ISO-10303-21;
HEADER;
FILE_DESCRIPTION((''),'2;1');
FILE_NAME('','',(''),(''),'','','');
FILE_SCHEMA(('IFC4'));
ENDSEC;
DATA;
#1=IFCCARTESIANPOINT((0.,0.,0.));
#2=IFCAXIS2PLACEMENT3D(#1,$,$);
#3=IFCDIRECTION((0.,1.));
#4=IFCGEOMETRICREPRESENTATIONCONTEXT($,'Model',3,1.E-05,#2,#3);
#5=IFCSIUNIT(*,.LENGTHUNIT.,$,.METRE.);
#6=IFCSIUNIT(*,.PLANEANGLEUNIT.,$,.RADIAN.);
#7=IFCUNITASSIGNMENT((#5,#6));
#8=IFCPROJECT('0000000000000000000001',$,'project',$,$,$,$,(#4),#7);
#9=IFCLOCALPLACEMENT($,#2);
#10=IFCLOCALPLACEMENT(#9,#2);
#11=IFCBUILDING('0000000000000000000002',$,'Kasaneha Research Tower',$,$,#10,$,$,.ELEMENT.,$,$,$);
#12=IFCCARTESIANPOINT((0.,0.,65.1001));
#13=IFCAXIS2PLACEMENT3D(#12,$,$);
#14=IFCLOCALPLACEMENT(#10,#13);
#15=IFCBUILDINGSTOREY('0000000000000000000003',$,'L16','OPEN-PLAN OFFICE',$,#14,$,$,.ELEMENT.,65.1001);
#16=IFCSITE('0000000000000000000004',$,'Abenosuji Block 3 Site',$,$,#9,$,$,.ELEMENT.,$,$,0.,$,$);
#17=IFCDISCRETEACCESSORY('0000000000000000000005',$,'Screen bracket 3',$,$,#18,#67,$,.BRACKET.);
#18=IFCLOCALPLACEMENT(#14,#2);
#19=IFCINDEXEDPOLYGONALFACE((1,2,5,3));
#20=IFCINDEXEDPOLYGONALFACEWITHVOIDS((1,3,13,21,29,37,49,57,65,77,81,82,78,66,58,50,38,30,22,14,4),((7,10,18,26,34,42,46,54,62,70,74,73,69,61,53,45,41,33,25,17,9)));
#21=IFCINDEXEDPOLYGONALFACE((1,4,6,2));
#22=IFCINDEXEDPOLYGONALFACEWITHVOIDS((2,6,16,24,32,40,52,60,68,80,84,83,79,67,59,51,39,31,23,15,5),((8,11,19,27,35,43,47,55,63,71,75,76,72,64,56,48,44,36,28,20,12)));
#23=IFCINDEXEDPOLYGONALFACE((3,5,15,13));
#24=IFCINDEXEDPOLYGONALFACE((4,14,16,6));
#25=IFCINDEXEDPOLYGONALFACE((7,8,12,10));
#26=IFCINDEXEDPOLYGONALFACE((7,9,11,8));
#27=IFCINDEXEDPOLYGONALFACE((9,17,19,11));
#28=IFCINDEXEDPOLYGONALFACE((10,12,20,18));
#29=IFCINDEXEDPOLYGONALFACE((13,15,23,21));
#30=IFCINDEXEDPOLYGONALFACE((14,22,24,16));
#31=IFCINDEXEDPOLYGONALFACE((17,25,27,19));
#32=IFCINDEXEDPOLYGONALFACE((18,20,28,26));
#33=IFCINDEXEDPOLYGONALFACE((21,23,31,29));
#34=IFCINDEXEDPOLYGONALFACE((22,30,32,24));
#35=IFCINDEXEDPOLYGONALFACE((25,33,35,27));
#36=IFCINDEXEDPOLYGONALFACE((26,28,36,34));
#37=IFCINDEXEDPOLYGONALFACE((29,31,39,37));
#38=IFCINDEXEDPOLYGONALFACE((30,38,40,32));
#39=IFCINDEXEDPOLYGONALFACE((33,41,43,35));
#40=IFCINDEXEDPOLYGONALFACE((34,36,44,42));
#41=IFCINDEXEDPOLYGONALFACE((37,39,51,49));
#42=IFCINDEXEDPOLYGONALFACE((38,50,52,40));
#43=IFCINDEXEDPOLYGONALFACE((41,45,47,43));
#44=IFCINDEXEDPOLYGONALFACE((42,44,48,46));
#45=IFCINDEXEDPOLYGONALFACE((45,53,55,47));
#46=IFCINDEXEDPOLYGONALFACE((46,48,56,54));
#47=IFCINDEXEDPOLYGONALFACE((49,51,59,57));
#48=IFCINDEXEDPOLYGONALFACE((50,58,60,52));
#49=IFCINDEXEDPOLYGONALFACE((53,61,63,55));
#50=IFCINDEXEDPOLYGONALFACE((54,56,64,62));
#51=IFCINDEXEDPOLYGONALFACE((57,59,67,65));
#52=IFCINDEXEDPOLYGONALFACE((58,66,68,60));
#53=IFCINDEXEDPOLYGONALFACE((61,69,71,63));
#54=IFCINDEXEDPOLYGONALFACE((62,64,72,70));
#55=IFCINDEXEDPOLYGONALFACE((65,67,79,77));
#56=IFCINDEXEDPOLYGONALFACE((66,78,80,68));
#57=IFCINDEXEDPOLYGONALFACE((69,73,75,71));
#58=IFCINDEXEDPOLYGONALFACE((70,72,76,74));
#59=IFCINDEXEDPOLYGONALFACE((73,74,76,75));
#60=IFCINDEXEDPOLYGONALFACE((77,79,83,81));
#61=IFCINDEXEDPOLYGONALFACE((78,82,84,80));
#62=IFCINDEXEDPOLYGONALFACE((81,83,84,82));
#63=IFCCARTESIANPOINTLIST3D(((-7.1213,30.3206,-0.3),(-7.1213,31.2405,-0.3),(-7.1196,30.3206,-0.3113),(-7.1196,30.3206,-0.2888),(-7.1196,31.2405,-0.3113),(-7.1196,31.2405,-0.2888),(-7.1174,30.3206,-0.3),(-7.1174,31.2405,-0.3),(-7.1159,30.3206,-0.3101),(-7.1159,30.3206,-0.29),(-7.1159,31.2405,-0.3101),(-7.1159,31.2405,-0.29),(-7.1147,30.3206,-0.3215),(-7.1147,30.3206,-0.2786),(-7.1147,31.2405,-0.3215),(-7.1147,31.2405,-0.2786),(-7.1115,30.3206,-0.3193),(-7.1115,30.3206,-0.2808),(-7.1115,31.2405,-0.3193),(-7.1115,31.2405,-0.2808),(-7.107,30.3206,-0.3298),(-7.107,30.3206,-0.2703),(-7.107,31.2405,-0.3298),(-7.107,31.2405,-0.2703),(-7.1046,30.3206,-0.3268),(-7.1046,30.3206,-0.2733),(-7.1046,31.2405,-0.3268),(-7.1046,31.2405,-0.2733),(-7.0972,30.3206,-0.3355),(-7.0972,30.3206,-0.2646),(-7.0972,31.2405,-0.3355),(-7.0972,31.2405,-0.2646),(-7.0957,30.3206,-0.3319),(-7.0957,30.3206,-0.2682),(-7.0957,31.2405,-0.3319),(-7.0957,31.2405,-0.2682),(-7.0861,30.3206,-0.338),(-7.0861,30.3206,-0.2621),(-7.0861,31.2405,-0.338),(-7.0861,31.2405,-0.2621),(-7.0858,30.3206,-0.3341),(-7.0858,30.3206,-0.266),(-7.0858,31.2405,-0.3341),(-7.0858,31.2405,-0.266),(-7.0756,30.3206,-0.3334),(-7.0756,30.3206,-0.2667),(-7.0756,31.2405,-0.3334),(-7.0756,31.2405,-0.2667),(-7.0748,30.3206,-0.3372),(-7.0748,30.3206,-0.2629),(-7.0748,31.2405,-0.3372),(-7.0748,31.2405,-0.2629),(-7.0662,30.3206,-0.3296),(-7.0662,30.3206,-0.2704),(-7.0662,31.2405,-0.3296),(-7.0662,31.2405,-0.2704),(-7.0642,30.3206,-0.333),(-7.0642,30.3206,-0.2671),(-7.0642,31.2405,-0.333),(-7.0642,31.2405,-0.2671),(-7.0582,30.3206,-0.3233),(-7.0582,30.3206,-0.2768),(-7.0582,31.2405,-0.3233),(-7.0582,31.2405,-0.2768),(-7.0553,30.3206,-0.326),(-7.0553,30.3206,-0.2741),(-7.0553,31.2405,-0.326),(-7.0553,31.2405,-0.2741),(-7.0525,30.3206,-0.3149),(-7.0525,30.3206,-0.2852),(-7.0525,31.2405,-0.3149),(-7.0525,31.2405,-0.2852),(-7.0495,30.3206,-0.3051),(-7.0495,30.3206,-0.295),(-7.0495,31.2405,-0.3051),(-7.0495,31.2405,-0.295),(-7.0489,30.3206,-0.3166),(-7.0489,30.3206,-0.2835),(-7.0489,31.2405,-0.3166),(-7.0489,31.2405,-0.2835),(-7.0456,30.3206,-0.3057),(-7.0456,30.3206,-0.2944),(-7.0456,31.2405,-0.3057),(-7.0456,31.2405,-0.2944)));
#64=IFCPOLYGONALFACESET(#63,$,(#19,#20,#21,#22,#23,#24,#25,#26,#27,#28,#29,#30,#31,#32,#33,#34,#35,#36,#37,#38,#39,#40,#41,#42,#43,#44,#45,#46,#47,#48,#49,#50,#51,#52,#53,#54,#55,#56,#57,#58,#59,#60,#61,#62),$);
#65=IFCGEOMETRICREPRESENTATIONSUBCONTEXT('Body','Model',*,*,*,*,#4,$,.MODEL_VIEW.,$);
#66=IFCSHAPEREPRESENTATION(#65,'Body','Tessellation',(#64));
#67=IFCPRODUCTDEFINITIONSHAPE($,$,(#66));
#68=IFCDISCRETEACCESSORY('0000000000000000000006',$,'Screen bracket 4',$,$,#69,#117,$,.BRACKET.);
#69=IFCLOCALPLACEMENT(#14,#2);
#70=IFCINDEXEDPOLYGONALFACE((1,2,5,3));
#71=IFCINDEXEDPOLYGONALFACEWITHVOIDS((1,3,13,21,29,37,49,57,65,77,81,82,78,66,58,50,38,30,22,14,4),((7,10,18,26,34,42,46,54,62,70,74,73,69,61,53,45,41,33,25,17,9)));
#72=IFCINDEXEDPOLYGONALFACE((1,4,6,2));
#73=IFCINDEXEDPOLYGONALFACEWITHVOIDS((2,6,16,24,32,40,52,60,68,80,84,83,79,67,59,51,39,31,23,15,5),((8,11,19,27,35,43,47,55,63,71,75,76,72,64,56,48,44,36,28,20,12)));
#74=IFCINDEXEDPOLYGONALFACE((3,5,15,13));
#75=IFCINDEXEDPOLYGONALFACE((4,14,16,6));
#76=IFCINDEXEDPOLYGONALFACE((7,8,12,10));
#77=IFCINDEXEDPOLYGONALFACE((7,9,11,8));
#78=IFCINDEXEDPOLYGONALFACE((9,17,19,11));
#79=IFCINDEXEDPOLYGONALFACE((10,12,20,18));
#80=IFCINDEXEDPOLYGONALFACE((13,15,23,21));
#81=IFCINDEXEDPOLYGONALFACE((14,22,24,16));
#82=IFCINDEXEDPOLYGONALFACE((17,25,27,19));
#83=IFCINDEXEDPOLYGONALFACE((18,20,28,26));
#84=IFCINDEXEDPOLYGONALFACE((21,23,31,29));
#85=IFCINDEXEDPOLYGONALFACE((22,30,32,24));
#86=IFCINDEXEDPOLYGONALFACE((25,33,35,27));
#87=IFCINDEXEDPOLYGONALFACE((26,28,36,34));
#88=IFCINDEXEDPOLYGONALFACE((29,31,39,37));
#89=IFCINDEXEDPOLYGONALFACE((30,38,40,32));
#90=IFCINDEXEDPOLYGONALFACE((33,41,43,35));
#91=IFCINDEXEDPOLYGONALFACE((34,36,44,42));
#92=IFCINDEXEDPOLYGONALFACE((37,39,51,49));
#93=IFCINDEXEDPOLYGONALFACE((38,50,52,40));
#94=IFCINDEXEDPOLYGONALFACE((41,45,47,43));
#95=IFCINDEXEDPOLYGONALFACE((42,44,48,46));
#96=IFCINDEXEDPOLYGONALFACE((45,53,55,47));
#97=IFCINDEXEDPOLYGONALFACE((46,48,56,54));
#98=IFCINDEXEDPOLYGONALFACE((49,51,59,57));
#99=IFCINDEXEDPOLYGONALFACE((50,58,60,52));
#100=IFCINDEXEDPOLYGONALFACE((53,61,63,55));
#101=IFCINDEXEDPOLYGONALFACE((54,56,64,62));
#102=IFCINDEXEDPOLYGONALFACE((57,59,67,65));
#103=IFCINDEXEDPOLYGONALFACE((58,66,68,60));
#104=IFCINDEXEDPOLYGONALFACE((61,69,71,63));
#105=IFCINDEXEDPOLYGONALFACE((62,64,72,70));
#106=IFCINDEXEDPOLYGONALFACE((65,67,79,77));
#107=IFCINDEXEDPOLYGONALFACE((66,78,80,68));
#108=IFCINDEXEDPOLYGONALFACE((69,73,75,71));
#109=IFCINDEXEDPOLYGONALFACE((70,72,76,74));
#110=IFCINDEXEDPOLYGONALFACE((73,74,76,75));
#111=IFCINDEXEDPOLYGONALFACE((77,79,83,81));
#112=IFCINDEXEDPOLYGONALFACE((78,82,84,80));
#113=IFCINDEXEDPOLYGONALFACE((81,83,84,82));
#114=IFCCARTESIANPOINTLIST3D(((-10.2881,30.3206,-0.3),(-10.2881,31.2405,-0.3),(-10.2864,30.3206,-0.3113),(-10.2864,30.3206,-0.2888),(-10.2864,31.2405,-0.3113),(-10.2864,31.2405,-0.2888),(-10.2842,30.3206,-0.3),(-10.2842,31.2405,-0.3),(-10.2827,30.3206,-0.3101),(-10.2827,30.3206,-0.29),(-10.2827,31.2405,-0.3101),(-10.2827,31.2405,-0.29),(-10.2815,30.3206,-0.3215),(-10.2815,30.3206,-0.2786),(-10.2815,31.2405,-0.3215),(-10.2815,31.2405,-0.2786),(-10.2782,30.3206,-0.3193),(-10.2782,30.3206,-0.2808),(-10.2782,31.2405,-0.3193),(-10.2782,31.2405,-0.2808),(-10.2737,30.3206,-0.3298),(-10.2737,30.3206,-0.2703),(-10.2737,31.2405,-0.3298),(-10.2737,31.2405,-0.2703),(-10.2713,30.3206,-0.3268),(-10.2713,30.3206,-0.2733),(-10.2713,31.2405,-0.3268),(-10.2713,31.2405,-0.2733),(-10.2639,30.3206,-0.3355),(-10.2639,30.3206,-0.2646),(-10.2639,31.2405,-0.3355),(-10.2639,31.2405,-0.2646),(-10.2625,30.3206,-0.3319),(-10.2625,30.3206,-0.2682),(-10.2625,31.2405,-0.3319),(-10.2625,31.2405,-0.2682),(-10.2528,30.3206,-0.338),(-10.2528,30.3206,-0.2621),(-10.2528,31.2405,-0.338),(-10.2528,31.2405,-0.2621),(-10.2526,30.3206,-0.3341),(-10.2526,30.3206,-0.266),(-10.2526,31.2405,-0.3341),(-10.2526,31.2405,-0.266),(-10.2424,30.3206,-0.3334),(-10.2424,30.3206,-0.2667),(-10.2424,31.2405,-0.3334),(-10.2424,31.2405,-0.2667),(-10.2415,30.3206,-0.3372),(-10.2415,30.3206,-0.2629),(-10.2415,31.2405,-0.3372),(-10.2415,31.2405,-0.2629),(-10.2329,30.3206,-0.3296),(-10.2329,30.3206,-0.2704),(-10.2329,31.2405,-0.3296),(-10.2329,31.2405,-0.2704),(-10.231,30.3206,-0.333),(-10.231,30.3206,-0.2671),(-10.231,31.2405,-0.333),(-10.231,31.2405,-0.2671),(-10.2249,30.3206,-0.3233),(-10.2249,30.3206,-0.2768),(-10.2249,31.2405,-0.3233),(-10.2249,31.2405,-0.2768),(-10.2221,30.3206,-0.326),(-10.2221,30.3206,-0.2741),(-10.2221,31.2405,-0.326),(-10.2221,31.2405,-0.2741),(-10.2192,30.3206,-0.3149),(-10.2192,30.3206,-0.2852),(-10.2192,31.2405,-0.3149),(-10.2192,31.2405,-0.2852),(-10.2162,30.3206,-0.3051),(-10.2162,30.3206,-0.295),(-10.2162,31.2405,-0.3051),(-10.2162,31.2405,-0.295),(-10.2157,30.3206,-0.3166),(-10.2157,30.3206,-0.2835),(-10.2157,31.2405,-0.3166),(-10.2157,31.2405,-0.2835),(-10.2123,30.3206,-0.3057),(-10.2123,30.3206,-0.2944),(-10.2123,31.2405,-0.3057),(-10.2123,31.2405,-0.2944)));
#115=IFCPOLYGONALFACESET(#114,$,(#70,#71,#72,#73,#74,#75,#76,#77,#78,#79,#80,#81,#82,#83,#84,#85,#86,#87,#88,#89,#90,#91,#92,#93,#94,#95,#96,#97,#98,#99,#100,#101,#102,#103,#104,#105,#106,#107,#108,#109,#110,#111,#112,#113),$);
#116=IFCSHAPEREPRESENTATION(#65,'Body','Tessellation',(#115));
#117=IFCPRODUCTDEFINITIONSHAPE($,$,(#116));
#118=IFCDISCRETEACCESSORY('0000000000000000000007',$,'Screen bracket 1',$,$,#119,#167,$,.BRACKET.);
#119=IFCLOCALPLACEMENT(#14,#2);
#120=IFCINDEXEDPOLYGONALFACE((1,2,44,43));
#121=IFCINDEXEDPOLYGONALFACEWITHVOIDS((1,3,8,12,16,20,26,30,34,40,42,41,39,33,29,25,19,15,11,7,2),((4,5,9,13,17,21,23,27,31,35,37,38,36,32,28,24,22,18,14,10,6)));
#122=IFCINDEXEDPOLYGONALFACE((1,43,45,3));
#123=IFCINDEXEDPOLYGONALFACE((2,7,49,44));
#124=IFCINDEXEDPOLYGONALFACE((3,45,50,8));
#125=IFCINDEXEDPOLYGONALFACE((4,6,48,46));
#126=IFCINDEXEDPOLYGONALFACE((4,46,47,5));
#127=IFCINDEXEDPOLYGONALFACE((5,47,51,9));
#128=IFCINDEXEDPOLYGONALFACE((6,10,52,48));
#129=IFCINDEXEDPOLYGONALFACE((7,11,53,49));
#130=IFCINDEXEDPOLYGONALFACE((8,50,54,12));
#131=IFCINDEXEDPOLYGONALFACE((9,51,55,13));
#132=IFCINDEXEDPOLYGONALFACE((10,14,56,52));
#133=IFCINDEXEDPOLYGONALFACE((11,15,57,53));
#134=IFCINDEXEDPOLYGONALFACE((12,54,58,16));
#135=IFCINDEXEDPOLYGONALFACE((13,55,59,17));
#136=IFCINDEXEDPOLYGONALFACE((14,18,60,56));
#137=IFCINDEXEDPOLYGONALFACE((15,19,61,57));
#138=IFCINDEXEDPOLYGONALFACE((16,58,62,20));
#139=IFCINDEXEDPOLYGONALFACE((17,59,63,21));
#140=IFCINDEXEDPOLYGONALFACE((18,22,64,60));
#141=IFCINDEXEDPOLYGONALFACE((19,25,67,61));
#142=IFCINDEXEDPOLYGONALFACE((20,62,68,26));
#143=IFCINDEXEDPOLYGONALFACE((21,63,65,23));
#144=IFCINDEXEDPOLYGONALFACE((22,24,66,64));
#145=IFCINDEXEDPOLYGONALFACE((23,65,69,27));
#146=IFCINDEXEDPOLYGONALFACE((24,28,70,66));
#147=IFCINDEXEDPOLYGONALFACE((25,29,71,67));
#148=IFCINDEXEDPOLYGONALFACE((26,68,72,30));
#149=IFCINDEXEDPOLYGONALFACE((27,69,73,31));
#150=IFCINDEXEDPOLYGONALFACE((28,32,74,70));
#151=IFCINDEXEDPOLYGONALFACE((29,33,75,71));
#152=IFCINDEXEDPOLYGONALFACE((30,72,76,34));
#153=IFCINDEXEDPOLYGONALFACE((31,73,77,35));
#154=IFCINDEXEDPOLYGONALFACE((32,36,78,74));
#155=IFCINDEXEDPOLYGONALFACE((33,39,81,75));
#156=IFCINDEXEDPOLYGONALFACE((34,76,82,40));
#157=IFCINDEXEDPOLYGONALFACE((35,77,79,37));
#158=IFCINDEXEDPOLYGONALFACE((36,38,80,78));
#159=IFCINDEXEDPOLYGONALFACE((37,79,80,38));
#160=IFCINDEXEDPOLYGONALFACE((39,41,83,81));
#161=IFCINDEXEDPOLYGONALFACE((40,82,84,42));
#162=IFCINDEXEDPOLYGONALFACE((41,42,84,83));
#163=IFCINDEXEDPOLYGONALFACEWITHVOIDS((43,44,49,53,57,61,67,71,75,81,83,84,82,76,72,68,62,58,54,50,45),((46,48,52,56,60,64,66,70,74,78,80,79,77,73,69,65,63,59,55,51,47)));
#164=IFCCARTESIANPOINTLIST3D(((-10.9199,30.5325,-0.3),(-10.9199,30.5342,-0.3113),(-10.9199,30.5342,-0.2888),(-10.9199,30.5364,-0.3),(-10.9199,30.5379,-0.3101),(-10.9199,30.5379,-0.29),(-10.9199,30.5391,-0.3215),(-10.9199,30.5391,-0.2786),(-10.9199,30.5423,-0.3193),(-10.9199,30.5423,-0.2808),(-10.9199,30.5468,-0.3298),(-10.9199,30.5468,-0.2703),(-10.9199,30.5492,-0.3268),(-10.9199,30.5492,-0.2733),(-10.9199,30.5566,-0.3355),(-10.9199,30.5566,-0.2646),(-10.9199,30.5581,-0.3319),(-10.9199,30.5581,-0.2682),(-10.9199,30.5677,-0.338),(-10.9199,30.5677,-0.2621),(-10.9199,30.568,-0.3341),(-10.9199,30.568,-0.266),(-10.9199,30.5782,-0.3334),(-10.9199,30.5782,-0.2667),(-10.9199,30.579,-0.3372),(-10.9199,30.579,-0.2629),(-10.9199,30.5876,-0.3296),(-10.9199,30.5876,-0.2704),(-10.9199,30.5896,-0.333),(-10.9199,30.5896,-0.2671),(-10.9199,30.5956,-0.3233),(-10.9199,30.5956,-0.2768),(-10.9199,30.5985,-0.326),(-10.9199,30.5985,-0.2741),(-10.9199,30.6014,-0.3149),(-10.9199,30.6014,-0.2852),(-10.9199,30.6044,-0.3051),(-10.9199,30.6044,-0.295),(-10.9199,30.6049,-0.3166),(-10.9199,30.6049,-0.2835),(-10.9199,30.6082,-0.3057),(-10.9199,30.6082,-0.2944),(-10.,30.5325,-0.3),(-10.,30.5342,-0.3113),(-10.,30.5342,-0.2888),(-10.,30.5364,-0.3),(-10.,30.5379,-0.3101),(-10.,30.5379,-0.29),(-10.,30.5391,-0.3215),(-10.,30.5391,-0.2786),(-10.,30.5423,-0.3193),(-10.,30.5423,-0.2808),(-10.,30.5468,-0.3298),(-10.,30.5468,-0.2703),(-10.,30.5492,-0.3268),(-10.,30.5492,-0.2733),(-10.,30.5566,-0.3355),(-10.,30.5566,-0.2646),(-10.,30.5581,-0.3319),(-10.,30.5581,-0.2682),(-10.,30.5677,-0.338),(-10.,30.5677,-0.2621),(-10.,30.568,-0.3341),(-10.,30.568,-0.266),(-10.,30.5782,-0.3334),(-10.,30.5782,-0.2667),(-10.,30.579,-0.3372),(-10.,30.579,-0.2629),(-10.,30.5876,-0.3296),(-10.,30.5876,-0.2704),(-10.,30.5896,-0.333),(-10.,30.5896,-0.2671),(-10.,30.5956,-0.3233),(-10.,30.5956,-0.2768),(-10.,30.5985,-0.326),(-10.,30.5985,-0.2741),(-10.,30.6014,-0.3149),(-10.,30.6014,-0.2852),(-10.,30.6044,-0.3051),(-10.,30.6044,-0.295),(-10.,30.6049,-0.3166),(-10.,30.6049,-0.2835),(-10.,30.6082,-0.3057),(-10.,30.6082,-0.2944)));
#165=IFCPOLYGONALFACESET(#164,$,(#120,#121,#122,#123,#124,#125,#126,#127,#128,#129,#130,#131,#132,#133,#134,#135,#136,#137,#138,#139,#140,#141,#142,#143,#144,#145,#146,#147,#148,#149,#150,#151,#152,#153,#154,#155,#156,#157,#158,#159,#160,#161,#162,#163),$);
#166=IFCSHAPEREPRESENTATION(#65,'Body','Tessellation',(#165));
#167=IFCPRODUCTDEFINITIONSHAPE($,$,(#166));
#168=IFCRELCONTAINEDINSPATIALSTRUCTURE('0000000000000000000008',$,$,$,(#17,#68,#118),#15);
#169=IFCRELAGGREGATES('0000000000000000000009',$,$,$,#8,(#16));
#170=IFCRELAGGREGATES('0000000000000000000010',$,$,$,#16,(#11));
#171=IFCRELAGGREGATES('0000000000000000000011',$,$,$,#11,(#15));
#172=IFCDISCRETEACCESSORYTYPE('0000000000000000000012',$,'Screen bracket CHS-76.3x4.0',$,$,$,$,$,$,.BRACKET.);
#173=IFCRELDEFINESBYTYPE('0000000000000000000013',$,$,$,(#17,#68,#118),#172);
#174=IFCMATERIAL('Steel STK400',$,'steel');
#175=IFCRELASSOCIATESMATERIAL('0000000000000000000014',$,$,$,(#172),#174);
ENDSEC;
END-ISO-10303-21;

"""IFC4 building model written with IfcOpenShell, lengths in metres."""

from ifc_helpers import new_model, si_unit, direction, frame, origin, origin_2d, place, context, subcontext, project, spatial, hollow_circle, extrude, material, material_profile, profile_set, type_object, element, save


model = new_model("IFC4")

# Units and contexts
model_context = context("Model", 3, precision=1e-05, world=origin(), true_north=direction((0.0, 1.0)))
body_context = subcontext(model_context, "Body", "Model", "MODEL_VIEW")
ifc_project = project(units=[si_unit("LENGTHUNIT", "METRE"), si_unit("PLANEANGLEUNIT", "RADIAN")], contexts=[model_context])

# Site, building, storey
site_placement = place(None, origin())
site = spatial("IfcSite", under=ifc_project, at=site_placement, Name="Abenosuji Block 3 Site", CompositionType="ELEMENT", RefElevation=0.0)
building_placement = place(site_placement, origin())
building = spatial("IfcBuilding", under=site, at=building_placement, Name="Kasaneha Research Tower", CompositionType="ELEMENT")
storey_placement = place(building_placement, frame((0.0, 0.0, 65.1001)))
storey = spatial("IfcBuildingStorey", under=building, at=storey_placement, Name="L16", Description="OPEN-PLAN OFFICE", CompositionType="ELEMENT", Elevation=65.1001)

# Discrete accessories
ifc_material_1 = material(Name="Steel STK400", Category="steel")
ifc_material_profile_1 = material_profile(ifc_material_1, hollow_circle(Radius=0.0381, WallThickness=0.0039, at=origin_2d()), Name="CHS-76.3x4.0")
ifc_profile_set_1 = profile_set([ifc_material_profile_1], Name="Steel STK400")
discrete_accessory_type = type_object("IfcDiscreteAccessoryType", Name="Screen bracket CHS-76.3x4.0", PredefinedType="BRACKET", material=ifc_profile_set_1)
for number, where, z_axis, x_axis, name in (
    (1, (-7.0833, 30.3206, -0.3), (0.0, 1.0, 0.0), (-1.0, 0.0, 0.0), "Screen bracket 3"),
    (2, (-10.25, 30.3206, -0.3), (0.0, 1.0, 0.0), (-1.0, 0.0, 0.0), "Screen bracket 4"),
    (3, (-10.0, 30.5706, -0.3), (-1.0, 0.0, 0.0), (0.0, -1.0, 0.0), "Screen bracket 1"),
):
    element("IfcDiscreteAccessory", number, at=place(storey_placement, frame(where, z_axis=z_axis, x_axis=x_axis)), inside=storey, type_object=discrete_accessory_type, Name=name, PredefinedType="BRACKET", context=body_context, shape_type="SweptSolid", body=[
        extrude(hollow_circle(Radius=0.0381, WallThickness=0.0039, at=origin_2d()), origin(), (0.0, 0.0, 1.0), 0.9199),
    ])

save(model, "model.ifc")
